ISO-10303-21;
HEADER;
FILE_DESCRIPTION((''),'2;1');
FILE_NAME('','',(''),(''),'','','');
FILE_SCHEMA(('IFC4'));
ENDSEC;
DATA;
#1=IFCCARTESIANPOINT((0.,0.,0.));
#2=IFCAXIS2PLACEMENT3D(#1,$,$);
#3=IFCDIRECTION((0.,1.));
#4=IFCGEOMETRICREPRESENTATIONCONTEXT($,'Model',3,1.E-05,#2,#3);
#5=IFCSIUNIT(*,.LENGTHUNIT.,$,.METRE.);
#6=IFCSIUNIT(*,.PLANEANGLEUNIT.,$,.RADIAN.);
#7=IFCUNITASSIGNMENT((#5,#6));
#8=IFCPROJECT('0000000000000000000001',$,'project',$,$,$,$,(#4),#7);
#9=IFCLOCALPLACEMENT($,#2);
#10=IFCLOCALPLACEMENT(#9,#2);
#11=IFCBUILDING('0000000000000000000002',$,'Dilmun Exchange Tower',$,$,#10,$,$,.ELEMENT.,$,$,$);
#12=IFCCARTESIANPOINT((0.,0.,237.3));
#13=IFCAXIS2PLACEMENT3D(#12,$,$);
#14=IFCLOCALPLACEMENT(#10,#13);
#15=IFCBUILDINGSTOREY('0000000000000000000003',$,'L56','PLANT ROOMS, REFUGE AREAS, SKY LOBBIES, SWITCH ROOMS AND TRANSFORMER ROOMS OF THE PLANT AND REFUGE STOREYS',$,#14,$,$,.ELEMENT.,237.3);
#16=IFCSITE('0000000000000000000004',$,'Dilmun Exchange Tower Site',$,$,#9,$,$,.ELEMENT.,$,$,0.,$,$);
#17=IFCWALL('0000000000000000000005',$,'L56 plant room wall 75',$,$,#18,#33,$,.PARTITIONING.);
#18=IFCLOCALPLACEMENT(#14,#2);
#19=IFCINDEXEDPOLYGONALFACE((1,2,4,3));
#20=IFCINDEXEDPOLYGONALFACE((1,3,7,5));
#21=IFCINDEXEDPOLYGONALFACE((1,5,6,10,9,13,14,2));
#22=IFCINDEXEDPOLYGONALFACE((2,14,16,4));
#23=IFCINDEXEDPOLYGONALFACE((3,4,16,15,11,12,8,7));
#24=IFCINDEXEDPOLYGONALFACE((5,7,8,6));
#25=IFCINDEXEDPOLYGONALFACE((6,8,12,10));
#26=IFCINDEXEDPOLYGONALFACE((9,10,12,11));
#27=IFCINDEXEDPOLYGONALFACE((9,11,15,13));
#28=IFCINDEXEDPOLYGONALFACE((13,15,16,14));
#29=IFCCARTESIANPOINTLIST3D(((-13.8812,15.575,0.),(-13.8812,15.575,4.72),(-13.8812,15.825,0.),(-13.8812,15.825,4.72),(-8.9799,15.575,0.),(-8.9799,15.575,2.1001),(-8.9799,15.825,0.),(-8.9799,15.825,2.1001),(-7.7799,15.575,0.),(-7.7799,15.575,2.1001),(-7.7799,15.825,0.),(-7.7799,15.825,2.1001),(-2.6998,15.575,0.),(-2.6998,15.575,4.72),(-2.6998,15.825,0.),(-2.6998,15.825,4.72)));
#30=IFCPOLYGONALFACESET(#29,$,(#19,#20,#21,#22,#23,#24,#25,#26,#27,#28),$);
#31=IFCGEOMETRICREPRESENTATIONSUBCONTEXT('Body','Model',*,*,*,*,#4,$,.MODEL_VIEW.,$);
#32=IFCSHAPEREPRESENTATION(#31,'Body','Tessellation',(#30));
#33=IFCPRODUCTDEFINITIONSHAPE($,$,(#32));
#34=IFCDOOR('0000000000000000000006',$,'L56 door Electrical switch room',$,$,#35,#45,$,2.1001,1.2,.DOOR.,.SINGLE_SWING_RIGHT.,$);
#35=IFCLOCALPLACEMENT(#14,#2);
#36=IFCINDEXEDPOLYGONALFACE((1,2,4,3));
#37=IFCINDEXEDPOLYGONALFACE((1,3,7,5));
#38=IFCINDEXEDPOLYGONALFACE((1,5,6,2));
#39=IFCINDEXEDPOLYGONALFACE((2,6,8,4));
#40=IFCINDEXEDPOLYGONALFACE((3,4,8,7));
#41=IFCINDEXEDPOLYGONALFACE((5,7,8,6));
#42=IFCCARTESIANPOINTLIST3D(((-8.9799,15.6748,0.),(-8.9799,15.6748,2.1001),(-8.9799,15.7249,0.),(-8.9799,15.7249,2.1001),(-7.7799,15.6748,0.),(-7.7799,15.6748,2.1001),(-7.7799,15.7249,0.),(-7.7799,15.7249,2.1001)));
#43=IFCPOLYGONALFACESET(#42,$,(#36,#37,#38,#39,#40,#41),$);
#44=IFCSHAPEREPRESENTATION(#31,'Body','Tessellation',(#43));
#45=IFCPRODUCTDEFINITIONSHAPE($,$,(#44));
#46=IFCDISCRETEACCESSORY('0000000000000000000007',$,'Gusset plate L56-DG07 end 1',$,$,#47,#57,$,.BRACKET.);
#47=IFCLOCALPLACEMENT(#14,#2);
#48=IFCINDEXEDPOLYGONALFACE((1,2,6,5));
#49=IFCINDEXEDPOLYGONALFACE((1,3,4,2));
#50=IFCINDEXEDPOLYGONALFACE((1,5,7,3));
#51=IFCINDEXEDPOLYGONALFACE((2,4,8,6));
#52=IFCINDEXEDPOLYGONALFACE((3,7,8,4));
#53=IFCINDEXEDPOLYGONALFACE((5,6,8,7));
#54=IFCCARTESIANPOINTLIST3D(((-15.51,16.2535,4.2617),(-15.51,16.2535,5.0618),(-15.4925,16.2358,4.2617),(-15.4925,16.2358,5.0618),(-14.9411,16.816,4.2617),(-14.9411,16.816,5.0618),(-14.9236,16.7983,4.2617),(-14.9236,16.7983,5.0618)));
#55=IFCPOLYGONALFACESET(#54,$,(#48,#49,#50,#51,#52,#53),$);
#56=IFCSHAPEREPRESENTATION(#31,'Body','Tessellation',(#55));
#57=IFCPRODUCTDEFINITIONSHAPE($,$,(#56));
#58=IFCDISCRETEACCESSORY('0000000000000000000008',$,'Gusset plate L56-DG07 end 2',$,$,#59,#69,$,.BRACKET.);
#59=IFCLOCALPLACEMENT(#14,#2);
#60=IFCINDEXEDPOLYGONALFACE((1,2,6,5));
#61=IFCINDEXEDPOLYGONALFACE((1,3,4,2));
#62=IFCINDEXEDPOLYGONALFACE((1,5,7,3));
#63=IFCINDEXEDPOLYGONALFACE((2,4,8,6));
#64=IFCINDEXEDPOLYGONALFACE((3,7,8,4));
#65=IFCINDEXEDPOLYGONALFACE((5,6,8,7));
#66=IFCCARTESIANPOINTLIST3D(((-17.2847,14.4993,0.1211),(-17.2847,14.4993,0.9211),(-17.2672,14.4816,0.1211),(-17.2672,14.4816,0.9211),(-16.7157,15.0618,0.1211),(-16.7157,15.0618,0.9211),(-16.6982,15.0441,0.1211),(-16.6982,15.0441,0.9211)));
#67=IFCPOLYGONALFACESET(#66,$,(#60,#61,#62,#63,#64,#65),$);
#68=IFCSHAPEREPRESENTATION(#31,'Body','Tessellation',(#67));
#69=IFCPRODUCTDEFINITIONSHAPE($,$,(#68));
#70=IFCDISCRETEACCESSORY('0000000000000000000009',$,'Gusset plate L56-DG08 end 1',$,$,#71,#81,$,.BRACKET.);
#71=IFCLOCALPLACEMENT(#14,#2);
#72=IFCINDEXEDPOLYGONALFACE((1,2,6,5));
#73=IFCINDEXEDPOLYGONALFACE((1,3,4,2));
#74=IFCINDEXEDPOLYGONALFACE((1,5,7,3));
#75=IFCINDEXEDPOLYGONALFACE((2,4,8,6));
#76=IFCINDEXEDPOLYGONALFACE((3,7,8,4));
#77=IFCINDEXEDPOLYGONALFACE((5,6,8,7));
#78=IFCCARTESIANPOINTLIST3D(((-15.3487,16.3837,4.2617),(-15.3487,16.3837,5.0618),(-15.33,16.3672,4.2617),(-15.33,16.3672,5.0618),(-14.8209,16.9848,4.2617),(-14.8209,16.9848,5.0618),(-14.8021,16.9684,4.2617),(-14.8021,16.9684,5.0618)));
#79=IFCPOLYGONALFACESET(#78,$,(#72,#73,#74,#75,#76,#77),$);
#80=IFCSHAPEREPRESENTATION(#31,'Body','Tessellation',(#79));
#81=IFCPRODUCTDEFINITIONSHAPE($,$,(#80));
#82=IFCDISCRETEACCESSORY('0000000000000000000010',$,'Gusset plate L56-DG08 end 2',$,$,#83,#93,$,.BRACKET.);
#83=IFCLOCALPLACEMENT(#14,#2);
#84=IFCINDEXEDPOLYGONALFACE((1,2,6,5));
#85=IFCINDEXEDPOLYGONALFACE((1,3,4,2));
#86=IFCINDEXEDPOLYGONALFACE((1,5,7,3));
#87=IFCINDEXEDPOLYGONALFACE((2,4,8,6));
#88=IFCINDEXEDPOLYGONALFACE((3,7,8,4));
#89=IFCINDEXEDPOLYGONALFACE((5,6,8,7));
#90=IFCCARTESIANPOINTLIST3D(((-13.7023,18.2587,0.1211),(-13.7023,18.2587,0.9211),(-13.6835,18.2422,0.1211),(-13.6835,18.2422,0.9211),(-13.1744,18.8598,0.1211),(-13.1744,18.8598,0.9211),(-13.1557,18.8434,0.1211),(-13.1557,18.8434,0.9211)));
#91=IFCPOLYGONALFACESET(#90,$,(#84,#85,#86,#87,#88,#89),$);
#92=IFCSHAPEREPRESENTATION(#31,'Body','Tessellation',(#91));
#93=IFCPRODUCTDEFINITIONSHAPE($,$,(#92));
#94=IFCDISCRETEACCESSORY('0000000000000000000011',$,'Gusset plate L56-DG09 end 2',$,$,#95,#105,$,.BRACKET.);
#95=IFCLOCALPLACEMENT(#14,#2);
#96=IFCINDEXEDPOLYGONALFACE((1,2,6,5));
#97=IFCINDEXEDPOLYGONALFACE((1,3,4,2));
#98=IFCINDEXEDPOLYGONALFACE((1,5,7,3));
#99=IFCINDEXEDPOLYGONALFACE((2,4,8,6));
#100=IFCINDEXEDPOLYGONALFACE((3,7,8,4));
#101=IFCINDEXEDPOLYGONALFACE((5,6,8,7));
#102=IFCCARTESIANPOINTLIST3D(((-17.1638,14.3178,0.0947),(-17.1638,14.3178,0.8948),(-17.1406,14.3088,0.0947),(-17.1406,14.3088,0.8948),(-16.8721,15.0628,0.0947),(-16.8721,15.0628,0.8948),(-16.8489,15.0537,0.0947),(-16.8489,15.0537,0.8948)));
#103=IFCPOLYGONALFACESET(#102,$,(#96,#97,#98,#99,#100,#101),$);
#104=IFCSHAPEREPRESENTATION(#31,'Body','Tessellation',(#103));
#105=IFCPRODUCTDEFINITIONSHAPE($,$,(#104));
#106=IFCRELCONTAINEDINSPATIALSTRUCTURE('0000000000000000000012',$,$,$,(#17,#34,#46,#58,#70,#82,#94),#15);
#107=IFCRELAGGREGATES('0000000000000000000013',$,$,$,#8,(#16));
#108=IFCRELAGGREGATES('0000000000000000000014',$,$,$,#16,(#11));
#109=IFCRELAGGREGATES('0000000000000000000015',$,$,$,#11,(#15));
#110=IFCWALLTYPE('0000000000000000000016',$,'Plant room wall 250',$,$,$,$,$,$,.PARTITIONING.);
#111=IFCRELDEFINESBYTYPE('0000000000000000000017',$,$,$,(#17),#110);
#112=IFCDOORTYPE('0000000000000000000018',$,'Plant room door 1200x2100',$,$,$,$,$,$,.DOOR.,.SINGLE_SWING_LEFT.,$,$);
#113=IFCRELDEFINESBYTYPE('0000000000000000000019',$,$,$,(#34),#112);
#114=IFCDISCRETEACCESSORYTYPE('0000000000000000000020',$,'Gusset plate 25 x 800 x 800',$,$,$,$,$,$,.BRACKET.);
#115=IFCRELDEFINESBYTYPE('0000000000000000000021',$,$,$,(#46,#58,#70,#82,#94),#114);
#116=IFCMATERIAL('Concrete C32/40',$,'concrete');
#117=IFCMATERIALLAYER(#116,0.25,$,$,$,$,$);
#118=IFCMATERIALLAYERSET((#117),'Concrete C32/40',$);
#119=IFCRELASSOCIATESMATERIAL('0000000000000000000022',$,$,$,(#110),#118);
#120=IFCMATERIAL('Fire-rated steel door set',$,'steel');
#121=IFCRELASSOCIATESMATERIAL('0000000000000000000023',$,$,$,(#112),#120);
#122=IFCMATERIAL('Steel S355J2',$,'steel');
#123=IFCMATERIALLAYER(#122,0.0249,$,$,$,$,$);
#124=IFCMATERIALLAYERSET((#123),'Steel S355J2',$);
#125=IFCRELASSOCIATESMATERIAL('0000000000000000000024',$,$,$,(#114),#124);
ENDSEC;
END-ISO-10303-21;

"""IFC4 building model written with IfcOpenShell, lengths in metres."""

from ifc_helpers import new_model, si_unit, direction, frame, frame_2d, origin, origin_2d, place, context, subcontext, project, spatial, rectangle, extrude, material, layer, layer_set, type_object, element, fill, save


model = new_model("IFC4")

# Units and contexts
model_context = context("Model", 3, precision=1e-05, world=origin(), true_north=direction((0.0, 1.0)))
body_context = subcontext(model_context, "Body", "Model", "MODEL_VIEW")
ifc_project = project(units=[si_unit("LENGTHUNIT", "METRE"), si_unit("PLANEANGLEUNIT", "RADIAN")], contexts=[model_context])

# Site, building, storey
site_placement = place(None, origin())
site = spatial("IfcSite", under=ifc_project, at=site_placement, Name="Dilmun Exchange Tower Site", CompositionType="ELEMENT", RefElevation=0.0)
building_placement = place(site_placement, origin())
building = spatial("IfcBuilding", under=site, at=building_placement, Name="Dilmun Exchange Tower", CompositionType="ELEMENT")
storey_placement = place(building_placement, frame((0.0, 0.0, 237.3)))
storey = spatial("IfcBuildingStorey", under=building, at=storey_placement, Name="L56", Description="PLANT ROOMS, REFUGE AREAS, SKY LOBBIES, SWITCH ROOMS AND TRANSFORMER ROOMS OF THE PLANT AND REFUGE STOREYS", CompositionType="ELEMENT", Elevation=237.3)

# Shared definitions
ifc_material_1 = material(Name="Fire-rated steel door set", Category="steel")

# Shared definitions
ifc_material_2 = material(Name="Concrete C32/40", Category="concrete")
ifc_layer_1 = layer(ifc_material_2, 0.25)
ifc_layer_set_1 = layer_set([ifc_layer_1], Name="Concrete C32/40")
wall_type_1 = type_object("IfcWallType", Name="Plant room wall 250", PredefinedType="PARTITIONING", material=ifc_layer_set_1)

# Wall, opening, door
wall_1_placement = place(storey_placement, frame((-13.8813, 15.7, 0.0), z_axis=(0.0, 0.0, 1.0), x_axis=(1.0, 0.0, 0.0)))
wall_1 = element("IfcWall", 1, at=wall_1_placement, inside=storey, type_object=wall_type_1, Name="L56 plant room wall 75", PredefinedType="PARTITIONING", context=body_context, shape_type="SweptSolid", body=[
    extrude(rectangle(XDim=11.1814, YDim=0.25, at=frame_2d((5.5908, 0.0))), origin(), (0.0, 0.0, 1.0), 4.72),
])
opening_1_placement = place(wall_1_placement, frame((4.9014, 0.0, 0.0)))
opening_1 = element("IfcOpeningElement", 2, at=opening_1_placement, cuts=wall_1, PredefinedType="OPENING", context=body_context, shape_type="SweptSolid", body=[
    extrude(rectangle(XDim=1.2, YDim=2.1001, at=frame_2d((0.6001, 1.05))), frame((0.0, 0.135, 0.0), z_axis=(0.0, -1.0, 0.0), x_axis=(1.0, 0.0, 0.0)), (0.0, 0.0, 1.0), 0.27),
])
door_type_1 = type_object("IfcDoorType", Name="Plant room door 1200x2100", OperationType="SINGLE_SWING_LEFT", PredefinedType="DOOR", material=ifc_material_1)
door_1_placement = place(opening_1_placement, origin())
door_1 = element("IfcDoor", 3, at=door_1_placement, inside=storey, type_object=door_type_1, Name="L56 door Electrical switch room", OperationType="SINGLE_SWING_RIGHT", OverallHeight=2.1001, OverallWidth=1.2, PredefinedType="DOOR", context=body_context, shape_type="SweptSolid", body=[
    extrude(rectangle(XDim=1.2, YDim=2.1001, at=frame_2d((0.6001, 1.05))), frame((0.0, 0.0249, 0.0), z_axis=(0.0, -1.0, 0.0), x_axis=(1.0, 0.0, 0.0)), (0.0, 0.0, 1.0), 0.05),
])
fill(opening_1, door_1)

# Discrete accessories
ifc_material_3 = material(Name="Steel S355J2", Category="steel")
ifc_layer_2 = layer(ifc_material_3, 0.0249)
ifc_layer_set_2 = layer_set([ifc_layer_2], Name="Steel S355J2")
discrete_accessory_type = type_object("IfcDiscreteAccessoryType", Name="Gusset plate 25 x 800 x 800", PredefinedType="BRACKET", material=ifc_layer_set_2)
for number, where, z_axis, x_axis, name in (
    (4, (-15.2168, 16.5259, 4.2617), (0.0, 0.0, 1.0), (-0.711148, -0.703042, 0.0), "Gusset plate L56-DG07 end 1"),
    (5, (-16.9915, 14.7717, 0.1211), (0.0, 0.0, 1.0), (-0.711148, -0.703042, 0.0), "Gusset plate L56-DG07 end 2"),
    (6, (-15.0754, 16.676, 4.2617), (0.0, 0.0, 1.0), (0.659817, 0.751427, 0.0), "Gusset plate L56-DG08 end 1"),
    (7, (-13.429, 18.551, 0.1211), (0.0, 0.0, 1.0), (0.659817, 0.751427, 0.0), "Gusset plate L56-DG08 end 2"),
    (8, (-17.0063, 14.6858, 0.0947), (0.0, 0.0, 1.0), (0.364579, 0.931172, 0.0), "Gusset plate L56-DG09 end 2"),
):
    element("IfcDiscreteAccessory", number, at=place(storey_placement, frame(where, z_axis=z_axis, x_axis=x_axis)), inside=storey, type_object=discrete_accessory_type, Name=name, PredefinedType="BRACKET", context=body_context, shape_type="SweptSolid", body=[
        extrude(rectangle(XDim=0.8, YDim=0.0249, at=origin_2d()), origin(), (0.0, 0.0, 1.0), 0.8),
    ])

save(model, "model.ifc")
